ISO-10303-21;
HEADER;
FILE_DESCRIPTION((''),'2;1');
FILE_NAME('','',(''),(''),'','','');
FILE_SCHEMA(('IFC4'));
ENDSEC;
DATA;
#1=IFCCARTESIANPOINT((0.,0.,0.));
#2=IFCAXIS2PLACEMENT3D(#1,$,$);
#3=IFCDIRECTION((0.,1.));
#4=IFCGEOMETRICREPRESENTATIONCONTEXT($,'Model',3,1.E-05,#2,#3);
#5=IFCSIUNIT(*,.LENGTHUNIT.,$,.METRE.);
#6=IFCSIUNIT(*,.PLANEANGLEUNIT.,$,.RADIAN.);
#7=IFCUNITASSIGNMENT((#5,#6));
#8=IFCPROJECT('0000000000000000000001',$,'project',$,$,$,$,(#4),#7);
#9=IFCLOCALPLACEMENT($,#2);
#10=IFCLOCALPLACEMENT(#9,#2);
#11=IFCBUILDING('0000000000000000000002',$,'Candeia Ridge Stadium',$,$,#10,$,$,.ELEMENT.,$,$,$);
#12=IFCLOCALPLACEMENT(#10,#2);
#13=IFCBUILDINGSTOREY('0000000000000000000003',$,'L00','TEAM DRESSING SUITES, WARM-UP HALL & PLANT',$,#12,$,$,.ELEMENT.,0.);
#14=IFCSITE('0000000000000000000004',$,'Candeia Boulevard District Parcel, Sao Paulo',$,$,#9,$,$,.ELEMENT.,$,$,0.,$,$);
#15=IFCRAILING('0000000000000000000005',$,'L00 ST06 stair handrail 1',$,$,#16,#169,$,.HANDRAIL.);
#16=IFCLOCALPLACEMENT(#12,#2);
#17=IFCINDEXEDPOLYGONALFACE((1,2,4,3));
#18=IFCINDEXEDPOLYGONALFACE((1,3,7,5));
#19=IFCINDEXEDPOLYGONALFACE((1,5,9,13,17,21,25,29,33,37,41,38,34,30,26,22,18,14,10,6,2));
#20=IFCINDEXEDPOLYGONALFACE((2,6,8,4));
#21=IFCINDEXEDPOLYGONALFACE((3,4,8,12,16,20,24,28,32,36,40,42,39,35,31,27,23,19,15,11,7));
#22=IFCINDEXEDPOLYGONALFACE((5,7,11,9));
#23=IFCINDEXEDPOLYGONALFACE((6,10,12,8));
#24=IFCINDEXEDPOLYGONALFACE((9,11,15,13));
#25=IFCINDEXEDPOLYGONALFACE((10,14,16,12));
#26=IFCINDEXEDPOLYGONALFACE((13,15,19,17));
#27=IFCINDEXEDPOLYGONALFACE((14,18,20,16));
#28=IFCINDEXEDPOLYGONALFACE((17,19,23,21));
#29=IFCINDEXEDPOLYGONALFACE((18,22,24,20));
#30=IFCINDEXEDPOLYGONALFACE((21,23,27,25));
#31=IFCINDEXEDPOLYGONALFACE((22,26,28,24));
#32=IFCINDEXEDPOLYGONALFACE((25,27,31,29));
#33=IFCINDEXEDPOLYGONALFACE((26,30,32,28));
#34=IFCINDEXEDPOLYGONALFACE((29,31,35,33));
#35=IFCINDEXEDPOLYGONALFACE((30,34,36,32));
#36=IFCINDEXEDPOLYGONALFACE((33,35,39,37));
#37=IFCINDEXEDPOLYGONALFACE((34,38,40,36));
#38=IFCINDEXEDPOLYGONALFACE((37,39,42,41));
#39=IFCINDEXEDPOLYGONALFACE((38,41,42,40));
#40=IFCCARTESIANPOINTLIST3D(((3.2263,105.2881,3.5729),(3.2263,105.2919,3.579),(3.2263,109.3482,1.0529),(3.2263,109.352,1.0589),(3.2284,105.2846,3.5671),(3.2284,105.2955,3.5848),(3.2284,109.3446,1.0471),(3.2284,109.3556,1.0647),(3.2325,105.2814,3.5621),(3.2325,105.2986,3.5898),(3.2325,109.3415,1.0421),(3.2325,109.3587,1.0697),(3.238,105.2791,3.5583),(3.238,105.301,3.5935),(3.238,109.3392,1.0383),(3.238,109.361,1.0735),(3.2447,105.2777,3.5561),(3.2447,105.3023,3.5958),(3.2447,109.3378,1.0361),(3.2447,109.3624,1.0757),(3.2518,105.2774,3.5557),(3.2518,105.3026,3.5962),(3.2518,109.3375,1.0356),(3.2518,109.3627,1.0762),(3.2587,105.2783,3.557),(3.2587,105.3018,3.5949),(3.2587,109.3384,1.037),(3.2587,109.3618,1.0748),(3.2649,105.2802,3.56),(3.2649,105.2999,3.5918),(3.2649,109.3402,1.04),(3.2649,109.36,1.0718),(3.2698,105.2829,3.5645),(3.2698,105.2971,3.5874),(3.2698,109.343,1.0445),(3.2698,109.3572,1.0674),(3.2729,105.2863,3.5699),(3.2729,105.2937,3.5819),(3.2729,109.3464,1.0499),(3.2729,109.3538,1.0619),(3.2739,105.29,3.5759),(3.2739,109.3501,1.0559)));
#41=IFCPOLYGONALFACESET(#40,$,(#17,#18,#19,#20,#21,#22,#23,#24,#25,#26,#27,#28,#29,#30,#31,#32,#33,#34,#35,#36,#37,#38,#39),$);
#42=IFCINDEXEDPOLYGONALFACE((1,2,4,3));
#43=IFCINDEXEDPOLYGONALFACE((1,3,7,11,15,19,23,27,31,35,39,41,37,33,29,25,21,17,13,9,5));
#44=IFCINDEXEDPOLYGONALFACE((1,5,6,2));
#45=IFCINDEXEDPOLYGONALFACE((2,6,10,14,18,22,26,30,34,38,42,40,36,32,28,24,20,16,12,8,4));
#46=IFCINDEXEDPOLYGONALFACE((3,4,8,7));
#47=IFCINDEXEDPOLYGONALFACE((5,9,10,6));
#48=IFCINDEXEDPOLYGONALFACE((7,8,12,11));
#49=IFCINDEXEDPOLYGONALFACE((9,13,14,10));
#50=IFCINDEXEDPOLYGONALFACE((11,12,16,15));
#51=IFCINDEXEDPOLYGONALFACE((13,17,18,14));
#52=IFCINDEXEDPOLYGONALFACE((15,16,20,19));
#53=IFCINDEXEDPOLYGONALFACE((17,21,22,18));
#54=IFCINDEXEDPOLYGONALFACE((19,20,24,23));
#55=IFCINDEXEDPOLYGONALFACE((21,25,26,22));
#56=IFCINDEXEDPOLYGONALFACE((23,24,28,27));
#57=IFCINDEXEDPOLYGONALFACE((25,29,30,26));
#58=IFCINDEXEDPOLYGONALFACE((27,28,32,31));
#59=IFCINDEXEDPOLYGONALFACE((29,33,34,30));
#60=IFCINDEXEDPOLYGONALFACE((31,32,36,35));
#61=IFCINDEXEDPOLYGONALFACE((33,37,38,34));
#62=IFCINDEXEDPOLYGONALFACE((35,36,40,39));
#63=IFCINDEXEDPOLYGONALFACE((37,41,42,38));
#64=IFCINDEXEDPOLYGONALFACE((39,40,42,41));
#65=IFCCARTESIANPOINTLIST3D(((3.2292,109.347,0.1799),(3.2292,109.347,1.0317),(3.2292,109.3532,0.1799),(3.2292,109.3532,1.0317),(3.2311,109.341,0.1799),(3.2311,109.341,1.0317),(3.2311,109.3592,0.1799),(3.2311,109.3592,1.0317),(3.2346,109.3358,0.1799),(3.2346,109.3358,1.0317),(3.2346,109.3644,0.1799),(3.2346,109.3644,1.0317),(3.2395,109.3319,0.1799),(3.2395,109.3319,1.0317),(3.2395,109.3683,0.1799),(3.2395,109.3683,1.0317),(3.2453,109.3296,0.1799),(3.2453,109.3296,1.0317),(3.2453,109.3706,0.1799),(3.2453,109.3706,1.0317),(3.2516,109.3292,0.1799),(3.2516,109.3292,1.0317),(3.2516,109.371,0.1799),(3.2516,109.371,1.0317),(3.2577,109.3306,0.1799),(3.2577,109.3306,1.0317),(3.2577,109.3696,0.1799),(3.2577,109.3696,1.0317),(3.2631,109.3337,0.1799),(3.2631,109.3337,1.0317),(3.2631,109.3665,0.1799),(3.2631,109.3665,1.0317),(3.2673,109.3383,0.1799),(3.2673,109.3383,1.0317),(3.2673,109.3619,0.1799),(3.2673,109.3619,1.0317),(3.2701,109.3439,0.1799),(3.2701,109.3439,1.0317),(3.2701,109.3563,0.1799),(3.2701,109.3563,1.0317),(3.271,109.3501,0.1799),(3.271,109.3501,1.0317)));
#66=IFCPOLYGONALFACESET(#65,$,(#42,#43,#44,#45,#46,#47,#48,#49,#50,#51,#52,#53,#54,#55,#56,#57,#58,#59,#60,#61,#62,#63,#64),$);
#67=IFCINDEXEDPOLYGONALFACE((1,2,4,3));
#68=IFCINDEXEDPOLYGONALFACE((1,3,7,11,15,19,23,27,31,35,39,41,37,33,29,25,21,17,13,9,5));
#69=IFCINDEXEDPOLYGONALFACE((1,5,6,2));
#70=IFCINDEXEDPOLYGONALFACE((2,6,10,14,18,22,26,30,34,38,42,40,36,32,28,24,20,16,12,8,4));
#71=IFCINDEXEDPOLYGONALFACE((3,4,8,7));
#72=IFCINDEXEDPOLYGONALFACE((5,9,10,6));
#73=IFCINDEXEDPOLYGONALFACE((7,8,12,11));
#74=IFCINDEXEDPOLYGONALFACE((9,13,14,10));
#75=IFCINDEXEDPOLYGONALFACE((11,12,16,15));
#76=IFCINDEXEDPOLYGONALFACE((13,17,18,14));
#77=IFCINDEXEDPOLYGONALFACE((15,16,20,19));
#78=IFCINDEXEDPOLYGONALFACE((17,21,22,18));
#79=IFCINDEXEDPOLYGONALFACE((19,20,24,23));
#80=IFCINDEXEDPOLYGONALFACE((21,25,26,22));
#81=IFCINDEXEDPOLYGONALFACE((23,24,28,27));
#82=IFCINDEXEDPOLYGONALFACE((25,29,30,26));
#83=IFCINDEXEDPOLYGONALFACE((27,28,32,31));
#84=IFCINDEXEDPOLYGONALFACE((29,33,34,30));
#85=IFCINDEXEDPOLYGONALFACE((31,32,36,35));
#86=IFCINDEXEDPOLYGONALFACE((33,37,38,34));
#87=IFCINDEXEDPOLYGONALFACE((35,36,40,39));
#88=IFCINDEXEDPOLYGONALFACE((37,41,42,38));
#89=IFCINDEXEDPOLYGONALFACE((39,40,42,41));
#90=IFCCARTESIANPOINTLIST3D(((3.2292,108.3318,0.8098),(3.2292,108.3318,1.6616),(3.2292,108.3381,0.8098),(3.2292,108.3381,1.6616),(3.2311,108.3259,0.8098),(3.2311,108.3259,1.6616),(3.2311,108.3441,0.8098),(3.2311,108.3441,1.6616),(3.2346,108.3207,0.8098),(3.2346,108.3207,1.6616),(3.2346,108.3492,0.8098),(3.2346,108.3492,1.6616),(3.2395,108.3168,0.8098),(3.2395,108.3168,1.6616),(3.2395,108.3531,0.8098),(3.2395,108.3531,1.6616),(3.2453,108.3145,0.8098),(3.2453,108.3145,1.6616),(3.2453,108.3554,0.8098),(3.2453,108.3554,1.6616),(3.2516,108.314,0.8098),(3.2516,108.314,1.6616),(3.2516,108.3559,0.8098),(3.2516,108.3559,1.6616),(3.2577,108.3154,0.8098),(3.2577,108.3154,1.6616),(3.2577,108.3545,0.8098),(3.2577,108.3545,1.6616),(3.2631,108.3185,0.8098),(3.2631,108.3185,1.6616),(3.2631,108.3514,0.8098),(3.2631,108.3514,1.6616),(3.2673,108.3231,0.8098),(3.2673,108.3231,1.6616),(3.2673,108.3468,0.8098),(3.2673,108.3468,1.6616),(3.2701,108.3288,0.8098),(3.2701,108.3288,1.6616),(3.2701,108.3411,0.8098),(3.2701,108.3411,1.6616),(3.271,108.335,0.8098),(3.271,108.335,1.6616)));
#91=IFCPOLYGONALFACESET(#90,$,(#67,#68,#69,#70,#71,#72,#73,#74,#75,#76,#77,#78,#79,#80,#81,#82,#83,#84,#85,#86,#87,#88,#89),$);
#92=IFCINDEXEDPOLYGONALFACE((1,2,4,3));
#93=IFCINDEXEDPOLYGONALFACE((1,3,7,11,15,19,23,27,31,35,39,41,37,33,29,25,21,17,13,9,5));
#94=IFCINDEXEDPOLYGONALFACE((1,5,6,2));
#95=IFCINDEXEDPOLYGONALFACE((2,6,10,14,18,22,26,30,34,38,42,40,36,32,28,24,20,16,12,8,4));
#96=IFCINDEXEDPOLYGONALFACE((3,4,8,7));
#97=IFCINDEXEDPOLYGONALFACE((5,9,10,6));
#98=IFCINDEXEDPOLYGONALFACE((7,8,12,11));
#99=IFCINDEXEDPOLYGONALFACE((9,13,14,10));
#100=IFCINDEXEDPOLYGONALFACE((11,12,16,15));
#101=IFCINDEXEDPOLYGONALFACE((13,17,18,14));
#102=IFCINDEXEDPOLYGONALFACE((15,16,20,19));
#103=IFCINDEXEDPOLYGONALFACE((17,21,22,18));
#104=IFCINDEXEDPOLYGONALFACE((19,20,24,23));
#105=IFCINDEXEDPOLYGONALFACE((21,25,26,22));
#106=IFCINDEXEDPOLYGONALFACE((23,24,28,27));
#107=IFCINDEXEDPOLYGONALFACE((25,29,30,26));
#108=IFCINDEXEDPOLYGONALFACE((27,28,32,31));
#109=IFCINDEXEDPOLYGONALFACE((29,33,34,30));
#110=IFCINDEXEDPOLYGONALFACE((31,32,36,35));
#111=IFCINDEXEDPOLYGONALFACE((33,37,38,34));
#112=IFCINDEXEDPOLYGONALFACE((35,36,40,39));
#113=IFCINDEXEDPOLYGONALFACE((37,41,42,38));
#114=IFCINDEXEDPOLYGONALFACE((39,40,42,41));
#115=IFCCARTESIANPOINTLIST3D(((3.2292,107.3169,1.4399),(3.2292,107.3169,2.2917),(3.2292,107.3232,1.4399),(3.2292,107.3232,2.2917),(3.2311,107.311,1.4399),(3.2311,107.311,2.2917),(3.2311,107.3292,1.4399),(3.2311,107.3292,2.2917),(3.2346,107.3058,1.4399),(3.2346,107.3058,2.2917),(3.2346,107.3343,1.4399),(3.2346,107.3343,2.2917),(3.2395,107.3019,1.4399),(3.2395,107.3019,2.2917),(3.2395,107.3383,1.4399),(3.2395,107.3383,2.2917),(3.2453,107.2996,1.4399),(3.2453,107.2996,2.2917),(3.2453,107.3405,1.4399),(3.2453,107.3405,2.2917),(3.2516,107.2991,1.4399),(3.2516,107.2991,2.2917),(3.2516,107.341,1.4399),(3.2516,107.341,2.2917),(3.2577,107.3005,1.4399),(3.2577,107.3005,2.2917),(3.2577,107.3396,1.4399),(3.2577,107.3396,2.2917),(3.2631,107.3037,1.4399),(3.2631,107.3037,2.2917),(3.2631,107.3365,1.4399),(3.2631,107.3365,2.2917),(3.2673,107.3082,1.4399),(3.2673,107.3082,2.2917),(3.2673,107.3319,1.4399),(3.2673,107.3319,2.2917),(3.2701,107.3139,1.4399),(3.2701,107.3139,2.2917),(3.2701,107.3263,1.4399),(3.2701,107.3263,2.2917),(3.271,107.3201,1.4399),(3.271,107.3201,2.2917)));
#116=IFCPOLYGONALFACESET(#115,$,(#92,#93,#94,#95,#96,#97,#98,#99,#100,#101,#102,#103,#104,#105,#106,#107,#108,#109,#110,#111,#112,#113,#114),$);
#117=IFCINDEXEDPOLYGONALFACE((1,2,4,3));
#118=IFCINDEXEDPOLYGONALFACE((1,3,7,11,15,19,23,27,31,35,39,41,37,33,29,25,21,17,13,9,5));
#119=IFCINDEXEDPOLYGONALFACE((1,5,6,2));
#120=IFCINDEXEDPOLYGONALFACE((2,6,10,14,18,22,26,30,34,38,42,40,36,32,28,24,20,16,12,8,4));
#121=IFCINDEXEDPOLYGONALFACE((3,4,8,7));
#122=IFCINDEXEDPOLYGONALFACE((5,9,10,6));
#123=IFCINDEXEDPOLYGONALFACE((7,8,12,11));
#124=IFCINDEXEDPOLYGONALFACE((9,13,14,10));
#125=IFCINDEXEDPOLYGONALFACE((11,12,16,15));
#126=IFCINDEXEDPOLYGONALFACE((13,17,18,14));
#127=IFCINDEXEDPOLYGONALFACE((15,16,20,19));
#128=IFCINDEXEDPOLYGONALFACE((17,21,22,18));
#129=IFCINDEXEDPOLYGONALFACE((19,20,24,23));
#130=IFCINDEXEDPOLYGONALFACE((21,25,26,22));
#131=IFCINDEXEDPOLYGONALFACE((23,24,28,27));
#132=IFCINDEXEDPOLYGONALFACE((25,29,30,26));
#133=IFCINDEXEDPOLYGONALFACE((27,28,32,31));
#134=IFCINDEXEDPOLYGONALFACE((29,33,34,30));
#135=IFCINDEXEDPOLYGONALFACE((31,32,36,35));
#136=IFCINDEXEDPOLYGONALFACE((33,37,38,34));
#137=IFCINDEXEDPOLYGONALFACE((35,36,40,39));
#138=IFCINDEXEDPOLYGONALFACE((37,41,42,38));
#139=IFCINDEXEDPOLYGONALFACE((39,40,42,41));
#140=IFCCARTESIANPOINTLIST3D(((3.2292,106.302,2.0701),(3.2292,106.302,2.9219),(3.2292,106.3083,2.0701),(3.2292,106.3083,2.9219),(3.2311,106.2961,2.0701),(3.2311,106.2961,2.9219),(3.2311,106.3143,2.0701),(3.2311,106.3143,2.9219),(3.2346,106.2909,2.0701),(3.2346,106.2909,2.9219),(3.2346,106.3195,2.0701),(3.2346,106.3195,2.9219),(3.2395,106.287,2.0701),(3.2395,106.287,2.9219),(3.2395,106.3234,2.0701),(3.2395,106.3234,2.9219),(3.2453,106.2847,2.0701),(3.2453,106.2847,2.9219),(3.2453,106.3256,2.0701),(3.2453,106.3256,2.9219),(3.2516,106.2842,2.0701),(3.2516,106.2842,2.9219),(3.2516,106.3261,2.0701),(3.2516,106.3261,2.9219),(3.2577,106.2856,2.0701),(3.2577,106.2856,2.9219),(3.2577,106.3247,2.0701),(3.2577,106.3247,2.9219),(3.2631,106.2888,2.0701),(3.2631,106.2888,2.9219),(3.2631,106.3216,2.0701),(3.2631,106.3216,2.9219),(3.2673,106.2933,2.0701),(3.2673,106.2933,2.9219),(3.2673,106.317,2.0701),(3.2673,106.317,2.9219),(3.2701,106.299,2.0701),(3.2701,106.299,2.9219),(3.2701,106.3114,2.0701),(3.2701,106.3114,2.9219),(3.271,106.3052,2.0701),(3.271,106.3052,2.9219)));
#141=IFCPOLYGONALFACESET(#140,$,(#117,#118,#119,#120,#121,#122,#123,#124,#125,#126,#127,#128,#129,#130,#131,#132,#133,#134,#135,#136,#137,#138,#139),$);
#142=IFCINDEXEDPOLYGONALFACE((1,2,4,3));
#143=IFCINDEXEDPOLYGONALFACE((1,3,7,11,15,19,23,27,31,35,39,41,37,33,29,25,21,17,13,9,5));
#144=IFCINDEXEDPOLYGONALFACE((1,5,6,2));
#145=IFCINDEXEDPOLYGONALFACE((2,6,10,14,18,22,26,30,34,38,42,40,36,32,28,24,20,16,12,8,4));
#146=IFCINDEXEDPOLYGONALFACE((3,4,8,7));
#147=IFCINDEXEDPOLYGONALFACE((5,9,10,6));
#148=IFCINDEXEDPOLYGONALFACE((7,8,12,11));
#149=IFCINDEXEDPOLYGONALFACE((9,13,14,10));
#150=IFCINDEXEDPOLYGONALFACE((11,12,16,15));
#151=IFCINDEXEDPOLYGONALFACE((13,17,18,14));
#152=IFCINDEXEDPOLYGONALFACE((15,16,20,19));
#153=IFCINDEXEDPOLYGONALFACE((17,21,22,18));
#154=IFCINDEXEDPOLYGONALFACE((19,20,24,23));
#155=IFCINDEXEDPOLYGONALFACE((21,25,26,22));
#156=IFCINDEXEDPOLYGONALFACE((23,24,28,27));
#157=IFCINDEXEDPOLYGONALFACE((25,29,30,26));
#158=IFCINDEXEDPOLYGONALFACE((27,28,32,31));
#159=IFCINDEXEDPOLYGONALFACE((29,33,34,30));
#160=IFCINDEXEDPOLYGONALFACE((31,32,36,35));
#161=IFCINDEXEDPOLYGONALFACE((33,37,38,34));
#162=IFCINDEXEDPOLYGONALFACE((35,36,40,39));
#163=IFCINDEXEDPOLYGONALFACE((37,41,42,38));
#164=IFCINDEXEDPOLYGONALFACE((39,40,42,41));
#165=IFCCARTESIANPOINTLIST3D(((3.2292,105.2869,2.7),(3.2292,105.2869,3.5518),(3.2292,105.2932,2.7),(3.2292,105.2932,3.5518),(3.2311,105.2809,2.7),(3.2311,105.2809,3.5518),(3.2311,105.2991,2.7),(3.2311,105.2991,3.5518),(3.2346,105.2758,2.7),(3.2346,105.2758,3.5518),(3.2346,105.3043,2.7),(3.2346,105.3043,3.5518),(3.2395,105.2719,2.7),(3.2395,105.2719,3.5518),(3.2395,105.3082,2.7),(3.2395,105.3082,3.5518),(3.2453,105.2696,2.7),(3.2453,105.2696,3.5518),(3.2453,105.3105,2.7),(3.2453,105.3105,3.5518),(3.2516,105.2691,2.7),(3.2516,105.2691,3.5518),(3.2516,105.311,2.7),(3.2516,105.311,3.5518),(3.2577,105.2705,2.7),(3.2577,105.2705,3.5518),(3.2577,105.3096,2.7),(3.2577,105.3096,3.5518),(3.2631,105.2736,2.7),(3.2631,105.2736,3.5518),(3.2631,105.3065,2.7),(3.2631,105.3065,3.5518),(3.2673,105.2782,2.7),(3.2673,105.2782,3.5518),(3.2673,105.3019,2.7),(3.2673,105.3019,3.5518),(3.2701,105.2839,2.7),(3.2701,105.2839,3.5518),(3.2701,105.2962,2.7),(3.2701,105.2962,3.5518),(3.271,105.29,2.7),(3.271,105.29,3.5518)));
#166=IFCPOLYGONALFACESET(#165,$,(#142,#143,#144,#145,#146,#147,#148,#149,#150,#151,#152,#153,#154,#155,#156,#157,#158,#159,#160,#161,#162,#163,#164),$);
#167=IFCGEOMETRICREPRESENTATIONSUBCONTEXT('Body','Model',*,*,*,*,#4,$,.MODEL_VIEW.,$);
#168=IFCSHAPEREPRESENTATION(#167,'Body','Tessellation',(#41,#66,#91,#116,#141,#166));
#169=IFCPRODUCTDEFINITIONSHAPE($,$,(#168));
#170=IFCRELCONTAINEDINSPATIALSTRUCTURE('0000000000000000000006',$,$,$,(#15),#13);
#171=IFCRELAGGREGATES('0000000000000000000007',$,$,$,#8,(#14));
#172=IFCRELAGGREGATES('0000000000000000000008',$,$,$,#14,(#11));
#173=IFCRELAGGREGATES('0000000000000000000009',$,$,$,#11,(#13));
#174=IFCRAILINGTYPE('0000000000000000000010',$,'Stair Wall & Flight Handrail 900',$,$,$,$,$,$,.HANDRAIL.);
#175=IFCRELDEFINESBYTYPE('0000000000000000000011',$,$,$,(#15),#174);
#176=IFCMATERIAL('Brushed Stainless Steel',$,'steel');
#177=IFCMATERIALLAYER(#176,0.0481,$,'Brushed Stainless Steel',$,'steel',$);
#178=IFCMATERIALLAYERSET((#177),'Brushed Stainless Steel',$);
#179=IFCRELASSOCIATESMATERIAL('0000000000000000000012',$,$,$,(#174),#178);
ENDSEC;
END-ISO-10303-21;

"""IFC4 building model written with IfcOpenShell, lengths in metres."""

from ifc_helpers import new_model, si_unit, direction, frame, origin, origin_2d, place, context, subcontext, project, spatial, circle, extrude, material, layer, layer_set, type_object, element, save


model = new_model("IFC4")

# Units and contexts
model_context = context("Model", 3, precision=1e-05, world=origin(), true_north=direction((0.0, 1.0)))
body_context = subcontext(model_context, "Body", "Model", "MODEL_VIEW")
ifc_project = project(units=[si_unit("LENGTHUNIT", "METRE"), si_unit("PLANEANGLEUNIT", "RADIAN")], contexts=[model_context])

# Site, building, storey
site_placement = place(None, origin())
site = spatial("IfcSite", under=ifc_project, at=site_placement, Name="Candeia Boulevard District Parcel, Sao Paulo", CompositionType="ELEMENT", RefElevation=0.0)
building_placement = place(site_placement, origin())
building = spatial("IfcBuilding", under=site, at=building_placement, Name="Candeia Ridge Stadium", CompositionType="ELEMENT")
storey_placement = place(building_placement, origin())
storey = spatial("IfcBuildingStorey", under=building, at=storey_placement, Name="L00", Description="TEAM DRESSING SUITES, WARM-UP HALL & PLANT", CompositionType="ELEMENT", Elevation=0.0)

# Railing
ifc_material_1 = material(Name="Brushed Stainless Steel", Category="steel")
ifc_layer_1 = layer(ifc_material_1, 0.0481, Name="Brushed Stainless Steel", Category="steel")
ifc_layer_set_1 = layer_set([ifc_layer_1], Name="Brushed Stainless Steel")
railing_type_1 = type_object("IfcRailingType", Name="Stair Wall & Flight Handrail 900", PredefinedType="HANDRAIL", material=ifc_layer_set_1)
railing_1_placement = place(storey_placement, frame((3.25, 109.3501, 0.1799)))
element("IfcRailing", 1, at=railing_1_placement, inside=storey, type_object=railing_type_1, Name="L00 ST06 stair handrail 1", PredefinedType="HANDRAIL", context=body_context, shape_type="SweptSolid", body=[
    extrude(circle(Radius=0.0239, at=origin_2d()), frame((0.0, 0.0, 0.876), z_axis=(0.0, -0.849642, 0.52736), x_axis=(1.0, 0.0, 0.0)), (0.0, 0.0, 1.0), 4.7786),
    extrude(circle(Radius=0.021, at=origin_2d()), origin(), (0.0, 0.0, 1.0), 0.8518),
    extrude(circle(Radius=0.021, at=origin_2d()), frame((0.0, -1.0151, 0.6299)), (0.0, 0.0, 1.0), 0.8518),
    extrude(circle(Radius=0.021, at=origin_2d()), frame((0.0, -2.03, 1.26)), (0.0, 0.0, 1.0), 0.8518),
    extrude(circle(Radius=0.021, at=origin_2d()), frame((0.0, -3.0449, 1.8901)), (0.0, 0.0, 1.0), 0.8518),
    extrude(circle(Radius=0.021, at=origin_2d()), frame((0.0, -4.0601, 2.52)), (0.0, 0.0, 1.0), 0.8518),
])

save(model, "model.ifc")
